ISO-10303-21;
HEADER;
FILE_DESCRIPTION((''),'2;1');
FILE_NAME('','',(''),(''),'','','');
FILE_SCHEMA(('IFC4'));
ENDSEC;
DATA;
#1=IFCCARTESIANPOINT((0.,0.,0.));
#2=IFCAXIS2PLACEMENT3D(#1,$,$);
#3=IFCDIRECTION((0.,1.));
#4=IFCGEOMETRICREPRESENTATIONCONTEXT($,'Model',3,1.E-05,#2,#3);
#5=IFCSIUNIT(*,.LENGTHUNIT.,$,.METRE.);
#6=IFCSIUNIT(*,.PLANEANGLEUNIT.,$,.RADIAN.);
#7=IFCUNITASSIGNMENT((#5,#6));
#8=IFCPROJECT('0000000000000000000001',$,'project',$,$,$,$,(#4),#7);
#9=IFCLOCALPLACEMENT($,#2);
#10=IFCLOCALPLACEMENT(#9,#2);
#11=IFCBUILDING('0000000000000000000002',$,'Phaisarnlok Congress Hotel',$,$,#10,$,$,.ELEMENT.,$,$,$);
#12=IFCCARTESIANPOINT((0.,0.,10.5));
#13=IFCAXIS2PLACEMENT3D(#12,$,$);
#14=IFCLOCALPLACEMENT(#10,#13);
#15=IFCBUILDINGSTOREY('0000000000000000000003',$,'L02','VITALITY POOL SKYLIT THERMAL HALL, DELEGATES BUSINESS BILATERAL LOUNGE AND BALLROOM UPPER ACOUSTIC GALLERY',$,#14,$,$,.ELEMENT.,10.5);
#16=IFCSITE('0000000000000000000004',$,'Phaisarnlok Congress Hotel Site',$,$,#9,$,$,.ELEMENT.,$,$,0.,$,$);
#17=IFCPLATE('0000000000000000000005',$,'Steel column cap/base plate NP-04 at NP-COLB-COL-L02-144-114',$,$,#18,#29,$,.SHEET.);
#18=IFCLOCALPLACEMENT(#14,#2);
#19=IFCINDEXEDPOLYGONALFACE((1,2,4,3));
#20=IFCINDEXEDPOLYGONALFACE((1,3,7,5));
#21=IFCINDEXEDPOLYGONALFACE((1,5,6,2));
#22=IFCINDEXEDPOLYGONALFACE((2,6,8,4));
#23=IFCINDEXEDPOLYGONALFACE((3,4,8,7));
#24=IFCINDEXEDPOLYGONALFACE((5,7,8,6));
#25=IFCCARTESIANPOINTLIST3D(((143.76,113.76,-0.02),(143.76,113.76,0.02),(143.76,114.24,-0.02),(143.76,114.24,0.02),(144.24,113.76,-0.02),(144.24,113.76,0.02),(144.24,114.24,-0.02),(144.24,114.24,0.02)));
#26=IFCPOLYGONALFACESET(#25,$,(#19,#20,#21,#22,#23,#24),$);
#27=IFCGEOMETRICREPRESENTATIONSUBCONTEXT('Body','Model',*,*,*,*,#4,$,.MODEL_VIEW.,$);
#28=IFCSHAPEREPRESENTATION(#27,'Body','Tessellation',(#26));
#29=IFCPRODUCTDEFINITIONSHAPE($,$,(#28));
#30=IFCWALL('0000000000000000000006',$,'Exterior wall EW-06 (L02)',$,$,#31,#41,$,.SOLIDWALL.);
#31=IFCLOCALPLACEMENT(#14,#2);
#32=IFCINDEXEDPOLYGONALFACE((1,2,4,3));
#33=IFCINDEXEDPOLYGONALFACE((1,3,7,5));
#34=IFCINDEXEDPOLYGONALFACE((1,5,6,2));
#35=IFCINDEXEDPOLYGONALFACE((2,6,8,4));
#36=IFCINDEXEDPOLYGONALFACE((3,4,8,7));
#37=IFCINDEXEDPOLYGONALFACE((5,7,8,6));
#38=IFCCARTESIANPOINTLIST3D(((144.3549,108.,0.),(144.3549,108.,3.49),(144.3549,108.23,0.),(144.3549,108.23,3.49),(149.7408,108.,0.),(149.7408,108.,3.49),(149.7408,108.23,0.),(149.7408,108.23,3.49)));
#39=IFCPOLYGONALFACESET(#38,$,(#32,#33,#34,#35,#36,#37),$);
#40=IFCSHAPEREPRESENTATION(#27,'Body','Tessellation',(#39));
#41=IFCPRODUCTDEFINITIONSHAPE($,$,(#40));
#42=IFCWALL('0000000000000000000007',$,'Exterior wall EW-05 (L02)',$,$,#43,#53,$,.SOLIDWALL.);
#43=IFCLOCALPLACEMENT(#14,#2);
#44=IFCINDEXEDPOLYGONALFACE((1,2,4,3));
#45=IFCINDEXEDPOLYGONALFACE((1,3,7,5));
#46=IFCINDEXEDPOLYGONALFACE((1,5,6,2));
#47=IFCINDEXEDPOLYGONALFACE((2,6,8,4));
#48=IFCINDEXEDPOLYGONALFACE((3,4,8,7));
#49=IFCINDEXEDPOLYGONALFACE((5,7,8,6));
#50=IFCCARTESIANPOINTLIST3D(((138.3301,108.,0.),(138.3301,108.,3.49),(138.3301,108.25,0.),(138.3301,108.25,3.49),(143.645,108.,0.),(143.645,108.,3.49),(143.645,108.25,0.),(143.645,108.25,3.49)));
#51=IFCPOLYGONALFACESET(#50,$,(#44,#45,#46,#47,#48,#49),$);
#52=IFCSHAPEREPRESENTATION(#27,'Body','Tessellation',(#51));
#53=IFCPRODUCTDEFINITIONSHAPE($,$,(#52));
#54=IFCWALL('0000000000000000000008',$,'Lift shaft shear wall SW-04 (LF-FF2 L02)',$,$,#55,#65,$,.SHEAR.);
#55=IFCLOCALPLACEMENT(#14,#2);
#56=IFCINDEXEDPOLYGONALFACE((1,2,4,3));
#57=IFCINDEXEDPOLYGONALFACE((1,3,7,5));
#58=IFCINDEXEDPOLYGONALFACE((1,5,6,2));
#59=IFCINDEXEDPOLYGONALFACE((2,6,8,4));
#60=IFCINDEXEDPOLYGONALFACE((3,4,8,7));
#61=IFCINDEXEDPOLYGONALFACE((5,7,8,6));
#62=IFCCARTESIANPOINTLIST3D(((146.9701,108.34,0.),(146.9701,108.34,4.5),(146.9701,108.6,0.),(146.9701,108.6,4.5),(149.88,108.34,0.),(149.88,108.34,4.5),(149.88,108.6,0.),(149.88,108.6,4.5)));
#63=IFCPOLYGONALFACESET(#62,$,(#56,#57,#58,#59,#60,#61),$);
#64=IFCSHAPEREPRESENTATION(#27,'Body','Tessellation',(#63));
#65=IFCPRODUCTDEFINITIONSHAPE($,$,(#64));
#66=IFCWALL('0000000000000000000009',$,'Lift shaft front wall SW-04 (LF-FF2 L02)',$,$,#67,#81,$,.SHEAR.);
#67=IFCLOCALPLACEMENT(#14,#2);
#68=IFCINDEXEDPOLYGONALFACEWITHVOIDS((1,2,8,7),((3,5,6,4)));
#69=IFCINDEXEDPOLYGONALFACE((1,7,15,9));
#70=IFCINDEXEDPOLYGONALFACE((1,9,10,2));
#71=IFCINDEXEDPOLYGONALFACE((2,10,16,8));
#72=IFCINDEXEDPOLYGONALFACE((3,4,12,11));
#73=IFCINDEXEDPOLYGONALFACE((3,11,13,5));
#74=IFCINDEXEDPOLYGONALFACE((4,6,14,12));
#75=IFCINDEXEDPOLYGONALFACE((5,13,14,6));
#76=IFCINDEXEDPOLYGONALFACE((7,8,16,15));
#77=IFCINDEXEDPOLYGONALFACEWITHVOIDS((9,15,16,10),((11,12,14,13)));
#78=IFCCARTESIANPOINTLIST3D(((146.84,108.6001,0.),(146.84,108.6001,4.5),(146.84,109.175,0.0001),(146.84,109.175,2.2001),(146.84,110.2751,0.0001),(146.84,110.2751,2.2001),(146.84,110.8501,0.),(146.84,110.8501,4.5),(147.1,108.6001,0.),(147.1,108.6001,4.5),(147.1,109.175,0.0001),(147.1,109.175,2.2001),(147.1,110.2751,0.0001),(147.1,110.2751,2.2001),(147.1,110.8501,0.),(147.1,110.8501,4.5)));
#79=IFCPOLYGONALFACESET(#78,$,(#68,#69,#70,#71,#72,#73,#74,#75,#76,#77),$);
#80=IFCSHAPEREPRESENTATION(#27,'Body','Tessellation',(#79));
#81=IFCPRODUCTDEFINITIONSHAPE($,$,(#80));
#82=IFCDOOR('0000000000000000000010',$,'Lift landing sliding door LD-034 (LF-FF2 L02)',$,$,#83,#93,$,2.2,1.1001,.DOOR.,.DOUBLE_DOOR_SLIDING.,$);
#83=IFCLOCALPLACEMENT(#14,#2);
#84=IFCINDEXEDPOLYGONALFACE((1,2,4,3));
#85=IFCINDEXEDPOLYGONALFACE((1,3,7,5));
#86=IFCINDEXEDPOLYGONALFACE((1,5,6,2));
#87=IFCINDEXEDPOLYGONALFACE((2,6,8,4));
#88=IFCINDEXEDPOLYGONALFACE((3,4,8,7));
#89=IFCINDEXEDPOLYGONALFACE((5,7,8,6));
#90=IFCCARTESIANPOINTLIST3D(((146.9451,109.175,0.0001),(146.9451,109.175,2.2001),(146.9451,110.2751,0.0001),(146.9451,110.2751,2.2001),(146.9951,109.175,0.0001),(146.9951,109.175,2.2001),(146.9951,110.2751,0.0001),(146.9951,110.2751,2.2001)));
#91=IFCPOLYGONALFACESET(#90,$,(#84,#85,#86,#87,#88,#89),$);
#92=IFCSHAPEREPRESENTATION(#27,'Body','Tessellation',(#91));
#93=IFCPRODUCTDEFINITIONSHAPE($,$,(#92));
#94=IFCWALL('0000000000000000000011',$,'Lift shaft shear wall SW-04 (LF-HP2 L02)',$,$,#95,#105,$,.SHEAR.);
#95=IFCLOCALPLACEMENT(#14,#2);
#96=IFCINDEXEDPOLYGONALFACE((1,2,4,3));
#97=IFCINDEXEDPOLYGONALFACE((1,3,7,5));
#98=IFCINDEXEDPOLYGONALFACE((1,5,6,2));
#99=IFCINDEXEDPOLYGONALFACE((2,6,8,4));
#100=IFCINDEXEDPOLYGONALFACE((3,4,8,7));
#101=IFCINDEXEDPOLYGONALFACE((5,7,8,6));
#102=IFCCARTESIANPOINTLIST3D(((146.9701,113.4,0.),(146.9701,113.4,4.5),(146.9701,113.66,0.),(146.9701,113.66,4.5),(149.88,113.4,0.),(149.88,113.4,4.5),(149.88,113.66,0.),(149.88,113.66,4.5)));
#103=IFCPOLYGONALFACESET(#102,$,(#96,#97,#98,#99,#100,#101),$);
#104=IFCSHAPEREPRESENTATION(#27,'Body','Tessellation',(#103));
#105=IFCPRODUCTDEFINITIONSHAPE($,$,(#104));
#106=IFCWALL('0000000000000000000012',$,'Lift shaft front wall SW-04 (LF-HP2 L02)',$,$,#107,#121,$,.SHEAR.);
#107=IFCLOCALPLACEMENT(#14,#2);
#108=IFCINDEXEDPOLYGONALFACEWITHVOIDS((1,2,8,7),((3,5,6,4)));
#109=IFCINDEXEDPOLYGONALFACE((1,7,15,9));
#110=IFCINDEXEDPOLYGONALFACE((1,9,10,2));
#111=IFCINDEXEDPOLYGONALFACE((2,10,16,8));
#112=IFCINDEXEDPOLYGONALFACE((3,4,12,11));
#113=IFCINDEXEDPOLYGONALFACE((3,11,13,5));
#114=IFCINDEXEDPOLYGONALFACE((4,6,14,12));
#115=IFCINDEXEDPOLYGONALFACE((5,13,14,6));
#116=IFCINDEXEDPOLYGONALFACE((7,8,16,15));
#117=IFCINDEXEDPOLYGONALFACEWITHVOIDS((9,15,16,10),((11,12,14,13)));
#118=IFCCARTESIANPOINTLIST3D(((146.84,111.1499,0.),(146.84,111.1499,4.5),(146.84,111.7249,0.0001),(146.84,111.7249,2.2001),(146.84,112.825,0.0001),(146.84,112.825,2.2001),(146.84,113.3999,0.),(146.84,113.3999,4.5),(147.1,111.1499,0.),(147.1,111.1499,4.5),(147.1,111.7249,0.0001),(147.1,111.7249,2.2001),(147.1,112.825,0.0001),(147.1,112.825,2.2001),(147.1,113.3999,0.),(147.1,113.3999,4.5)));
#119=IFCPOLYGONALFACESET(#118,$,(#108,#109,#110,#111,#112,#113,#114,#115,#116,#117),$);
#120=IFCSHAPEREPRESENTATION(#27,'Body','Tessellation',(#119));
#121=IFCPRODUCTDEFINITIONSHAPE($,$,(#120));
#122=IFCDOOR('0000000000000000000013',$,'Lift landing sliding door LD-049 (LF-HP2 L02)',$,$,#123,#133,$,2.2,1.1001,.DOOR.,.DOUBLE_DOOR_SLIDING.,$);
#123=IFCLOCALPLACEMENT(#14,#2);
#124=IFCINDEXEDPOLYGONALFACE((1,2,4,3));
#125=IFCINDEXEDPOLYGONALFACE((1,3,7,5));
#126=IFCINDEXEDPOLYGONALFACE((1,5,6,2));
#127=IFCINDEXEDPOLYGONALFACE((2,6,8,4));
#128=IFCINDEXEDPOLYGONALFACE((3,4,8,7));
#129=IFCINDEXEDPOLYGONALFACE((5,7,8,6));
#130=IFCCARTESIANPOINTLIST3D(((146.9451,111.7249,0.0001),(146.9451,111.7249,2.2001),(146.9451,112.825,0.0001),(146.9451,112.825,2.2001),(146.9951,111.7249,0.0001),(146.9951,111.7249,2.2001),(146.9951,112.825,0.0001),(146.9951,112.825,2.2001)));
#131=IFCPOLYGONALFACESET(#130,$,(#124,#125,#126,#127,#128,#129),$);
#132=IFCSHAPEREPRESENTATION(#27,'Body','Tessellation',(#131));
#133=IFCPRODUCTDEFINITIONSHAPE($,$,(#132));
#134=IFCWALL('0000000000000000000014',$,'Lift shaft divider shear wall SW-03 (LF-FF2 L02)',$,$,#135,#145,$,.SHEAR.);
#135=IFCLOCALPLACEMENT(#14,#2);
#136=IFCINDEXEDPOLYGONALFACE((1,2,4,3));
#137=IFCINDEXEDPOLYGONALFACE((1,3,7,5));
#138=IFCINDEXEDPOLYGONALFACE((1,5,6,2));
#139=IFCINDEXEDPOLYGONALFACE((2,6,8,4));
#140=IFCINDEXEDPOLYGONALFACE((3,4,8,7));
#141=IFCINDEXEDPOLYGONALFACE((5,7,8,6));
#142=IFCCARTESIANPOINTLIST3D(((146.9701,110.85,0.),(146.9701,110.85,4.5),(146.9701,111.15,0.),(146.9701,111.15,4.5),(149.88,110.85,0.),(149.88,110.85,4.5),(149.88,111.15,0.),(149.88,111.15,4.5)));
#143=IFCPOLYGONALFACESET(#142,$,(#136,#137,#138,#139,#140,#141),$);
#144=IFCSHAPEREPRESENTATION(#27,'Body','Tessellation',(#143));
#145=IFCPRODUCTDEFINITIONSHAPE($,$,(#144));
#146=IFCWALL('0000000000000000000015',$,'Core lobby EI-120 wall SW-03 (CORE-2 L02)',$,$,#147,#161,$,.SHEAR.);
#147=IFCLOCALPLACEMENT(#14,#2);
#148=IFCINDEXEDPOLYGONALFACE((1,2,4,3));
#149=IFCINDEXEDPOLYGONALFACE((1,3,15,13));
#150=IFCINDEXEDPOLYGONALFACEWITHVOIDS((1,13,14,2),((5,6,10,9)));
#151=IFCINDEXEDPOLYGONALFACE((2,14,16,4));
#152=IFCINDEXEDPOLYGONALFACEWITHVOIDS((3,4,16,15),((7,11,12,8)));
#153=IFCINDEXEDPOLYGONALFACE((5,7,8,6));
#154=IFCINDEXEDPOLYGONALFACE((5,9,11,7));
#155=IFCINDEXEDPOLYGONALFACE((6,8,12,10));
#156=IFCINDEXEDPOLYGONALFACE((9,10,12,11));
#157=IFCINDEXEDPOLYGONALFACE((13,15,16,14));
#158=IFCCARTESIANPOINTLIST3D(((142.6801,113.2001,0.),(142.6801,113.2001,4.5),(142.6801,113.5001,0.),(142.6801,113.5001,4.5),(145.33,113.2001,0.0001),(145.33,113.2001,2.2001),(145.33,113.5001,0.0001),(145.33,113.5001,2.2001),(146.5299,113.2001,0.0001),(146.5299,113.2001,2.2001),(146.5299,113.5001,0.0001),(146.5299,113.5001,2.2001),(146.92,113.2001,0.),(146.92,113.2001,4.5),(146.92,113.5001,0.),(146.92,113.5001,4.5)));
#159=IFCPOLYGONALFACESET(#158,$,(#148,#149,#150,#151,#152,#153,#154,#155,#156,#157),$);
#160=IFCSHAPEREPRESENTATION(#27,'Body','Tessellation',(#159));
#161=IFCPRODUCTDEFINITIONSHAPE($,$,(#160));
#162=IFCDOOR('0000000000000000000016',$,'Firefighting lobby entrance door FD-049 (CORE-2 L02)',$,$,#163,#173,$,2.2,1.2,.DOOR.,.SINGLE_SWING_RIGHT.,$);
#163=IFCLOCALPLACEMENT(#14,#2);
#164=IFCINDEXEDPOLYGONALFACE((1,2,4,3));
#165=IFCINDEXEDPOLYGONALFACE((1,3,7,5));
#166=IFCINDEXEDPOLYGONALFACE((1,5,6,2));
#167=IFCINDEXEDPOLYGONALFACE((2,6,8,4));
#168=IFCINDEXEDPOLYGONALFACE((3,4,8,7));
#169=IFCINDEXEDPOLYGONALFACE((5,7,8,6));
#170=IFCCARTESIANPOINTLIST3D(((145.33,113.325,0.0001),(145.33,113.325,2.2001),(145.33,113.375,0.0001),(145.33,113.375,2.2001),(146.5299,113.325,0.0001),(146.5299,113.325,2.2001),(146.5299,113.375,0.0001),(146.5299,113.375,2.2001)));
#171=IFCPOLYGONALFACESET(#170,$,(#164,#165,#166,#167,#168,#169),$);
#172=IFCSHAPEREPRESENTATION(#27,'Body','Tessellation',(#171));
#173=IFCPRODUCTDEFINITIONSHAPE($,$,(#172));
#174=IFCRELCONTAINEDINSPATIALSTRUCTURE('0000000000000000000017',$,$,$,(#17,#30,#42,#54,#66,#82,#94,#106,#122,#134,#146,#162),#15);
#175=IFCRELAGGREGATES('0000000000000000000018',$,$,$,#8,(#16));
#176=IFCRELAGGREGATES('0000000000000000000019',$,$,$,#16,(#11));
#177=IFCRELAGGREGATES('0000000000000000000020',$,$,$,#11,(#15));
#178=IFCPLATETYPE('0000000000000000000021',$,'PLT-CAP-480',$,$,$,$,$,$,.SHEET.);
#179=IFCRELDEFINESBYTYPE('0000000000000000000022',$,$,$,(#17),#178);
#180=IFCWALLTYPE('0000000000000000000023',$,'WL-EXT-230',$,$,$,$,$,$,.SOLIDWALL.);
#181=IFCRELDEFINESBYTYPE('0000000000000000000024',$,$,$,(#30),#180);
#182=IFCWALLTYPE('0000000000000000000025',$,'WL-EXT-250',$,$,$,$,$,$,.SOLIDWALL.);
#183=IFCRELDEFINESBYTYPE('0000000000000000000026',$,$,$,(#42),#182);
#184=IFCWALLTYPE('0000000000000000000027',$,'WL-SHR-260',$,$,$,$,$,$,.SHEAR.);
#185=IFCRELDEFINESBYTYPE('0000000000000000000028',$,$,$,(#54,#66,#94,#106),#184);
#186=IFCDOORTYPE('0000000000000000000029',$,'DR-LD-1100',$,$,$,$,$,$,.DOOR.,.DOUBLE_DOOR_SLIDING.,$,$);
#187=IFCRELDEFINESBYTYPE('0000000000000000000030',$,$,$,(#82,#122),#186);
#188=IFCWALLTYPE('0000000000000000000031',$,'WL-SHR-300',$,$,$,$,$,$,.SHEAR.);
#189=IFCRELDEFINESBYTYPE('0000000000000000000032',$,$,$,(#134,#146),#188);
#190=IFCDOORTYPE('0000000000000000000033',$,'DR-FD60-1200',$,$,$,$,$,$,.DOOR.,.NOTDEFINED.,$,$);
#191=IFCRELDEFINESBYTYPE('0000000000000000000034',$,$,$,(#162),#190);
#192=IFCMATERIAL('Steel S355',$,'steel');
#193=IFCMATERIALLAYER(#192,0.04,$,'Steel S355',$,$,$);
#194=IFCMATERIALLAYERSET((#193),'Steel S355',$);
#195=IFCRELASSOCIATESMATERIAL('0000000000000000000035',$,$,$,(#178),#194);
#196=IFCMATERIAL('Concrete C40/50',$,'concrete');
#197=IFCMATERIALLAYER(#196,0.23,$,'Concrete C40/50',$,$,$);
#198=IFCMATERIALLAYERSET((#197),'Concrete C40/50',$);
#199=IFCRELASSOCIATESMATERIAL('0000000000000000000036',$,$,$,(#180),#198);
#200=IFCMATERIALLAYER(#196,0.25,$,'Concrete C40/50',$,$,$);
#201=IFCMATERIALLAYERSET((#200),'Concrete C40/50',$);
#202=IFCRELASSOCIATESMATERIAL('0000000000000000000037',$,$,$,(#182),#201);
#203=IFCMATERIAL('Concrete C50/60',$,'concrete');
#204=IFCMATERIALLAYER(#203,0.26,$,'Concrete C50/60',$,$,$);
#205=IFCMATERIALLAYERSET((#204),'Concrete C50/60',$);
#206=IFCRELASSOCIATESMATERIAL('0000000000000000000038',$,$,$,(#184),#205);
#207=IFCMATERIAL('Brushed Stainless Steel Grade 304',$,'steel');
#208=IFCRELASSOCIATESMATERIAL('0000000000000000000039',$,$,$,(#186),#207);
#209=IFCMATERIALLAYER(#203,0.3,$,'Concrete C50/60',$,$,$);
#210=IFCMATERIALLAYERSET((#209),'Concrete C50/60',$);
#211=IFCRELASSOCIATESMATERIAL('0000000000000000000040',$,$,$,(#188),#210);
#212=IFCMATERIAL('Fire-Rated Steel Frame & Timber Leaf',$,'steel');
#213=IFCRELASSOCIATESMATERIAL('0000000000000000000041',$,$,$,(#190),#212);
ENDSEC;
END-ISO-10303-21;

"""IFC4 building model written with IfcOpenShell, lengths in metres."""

from ifc_helpers import new_model, si_unit, direction, frame, frame_2d, origin, origin_2d, place, context, subcontext, project, spatial, rectangle, extrude, material, layer, layer_set, type_object, element, fill, save


model = new_model("IFC4")

# Units and contexts
model_context = context("Model", 3, precision=1e-05, world=origin(), true_north=direction((0.0, 1.0)))
body_context = subcontext(model_context, "Body", "Model", "MODEL_VIEW")
ifc_project = project(units=[si_unit("LENGTHUNIT", "METRE"), si_unit("PLANEANGLEUNIT", "RADIAN")], contexts=[model_context])

# Site, building, storey
site_placement = place(None, origin())
site = spatial("IfcSite", under=ifc_project, at=site_placement, Name="Phaisarnlok Congress Hotel Site", CompositionType="ELEMENT", RefElevation=0.0)
building_placement = place(site_placement, origin())
building = spatial("IfcBuilding", under=site, at=building_placement, Name="Phaisarnlok Congress Hotel", CompositionType="ELEMENT")
storey_placement = place(building_placement, frame((0.0, 0.0, 10.5)))
storey = spatial("IfcBuildingStorey", under=building, at=storey_placement, Name="L02", Description="VITALITY POOL SKYLIT THERMAL HALL, DELEGATES BUSINESS BILATERAL LOUNGE AND BALLROOM UPPER ACOUSTIC GALLERY", CompositionType="ELEMENT", Elevation=10.5)

# Shared definitions
ifc_material_1 = material(Name="Concrete C50/60", Category="concrete")
ifc_material_2 = material(Name="Steel S355", Category="steel")

# Shared definitions
ifc_material_3 = material(Name="Concrete C40/50", Category="concrete")

# Plate
ifc_layer_1 = layer(ifc_material_2, 0.04, Name="Steel S355")
ifc_layer_set_1 = layer_set([ifc_layer_1], Name="Steel S355")
plate_type = type_object("IfcPlateType", Name="PLT-CAP-480", PredefinedType="SHEET", material=ifc_layer_set_1)
plate_placement = place(storey_placement, frame((144.0, 114.0, -0.02), z_axis=(0.0, 0.0, 1.0), x_axis=(1.0, 0.0, 0.0)))
element("IfcPlate", 1, at=plate_placement, inside=storey, type_object=plate_type, Name="Steel column cap/base plate NP-04 at NP-COLB-COL-L02-144-114", PredefinedType="SHEET", context=body_context, shape_type="SweptSolid", body=[
    extrude(rectangle(XDim=0.48, YDim=0.48, at=origin_2d()), origin(), (0.0, 0.0, 1.0), 0.04),
])

# Walls
ifc_layer_2 = layer(ifc_material_3, 0.23, Name="Concrete C40/50")
ifc_layer_set_2 = layer_set([ifc_layer_2], Name="Concrete C40/50")
wall_type_1 = type_object("IfcWallType", Name="WL-EXT-230", PredefinedType="SOLIDWALL", material=ifc_layer_set_2)
wall_1_placement = place(storey_placement, frame((144.355, 108.115, 0.0), z_axis=(0.0, 0.0, 1.0), x_axis=(1.0, 0.0, 0.0)))
element("IfcWall", 2, at=wall_1_placement, inside=storey, type_object=wall_type_1, Name="Exterior wall EW-06 (L02)", PredefinedType="SOLIDWALL", context=body_context, shape_type="SweptSolid", body=[
    extrude(rectangle(XDim=5.386, YDim=0.23, at=frame_2d((2.6929, 0.0))), origin(), (0.0, 0.0, 1.0), 3.49),
])
ifc_layer_3 = layer(ifc_material_3, 0.25, Name="Concrete C40/50")
ifc_layer_set_3 = layer_set([ifc_layer_3], Name="Concrete C40/50")
wall_type_2 = type_object("IfcWallType", Name="WL-EXT-250", PredefinedType="SOLIDWALL", material=ifc_layer_set_3)
wall_2_placement = place(storey_placement, frame((138.3301, 108.125, 0.0), z_axis=(0.0, 0.0, 1.0), x_axis=(1.0, 0.0, 0.0)))
element("IfcWall", 3, at=wall_2_placement, inside=storey, type_object=wall_type_2, Name="Exterior wall EW-05 (L02)", PredefinedType="SOLIDWALL", context=body_context, shape_type="SweptSolid", body=[
    extrude(rectangle(XDim=5.3149, YDim=0.25, at=frame_2d((2.6575, 0.0))), origin(), (0.0, 0.0, 1.0), 3.49),
])

# Shared definitions
ifc_layer_4 = layer(ifc_material_1, 0.26, Name="Concrete C50/60")
ifc_layer_set_4 = layer_set([ifc_layer_4], Name="Concrete C50/60")
wall_type_3 = type_object("IfcWallType", Name="WL-SHR-260", PredefinedType="SHEAR", material=ifc_layer_set_4)
ifc_material_4 = material(Name="Fire-Rated Steel Frame & Timber Leaf", Category="steel")

# Wall
wall_3_placement = place(storey_placement, frame((146.97, 108.47, 0.0), z_axis=(0.0, 0.0, 1.0), x_axis=(1.0, 0.0, 0.0)))
element("IfcWall", 4, at=wall_3_placement, inside=storey, type_object=wall_type_3, Name="Lift shaft shear wall SW-04 (LF-FF2 L02)", PredefinedType="SHEAR", context=body_context, shape_type="SweptSolid", body=[
    extrude(rectangle(XDim=2.9099, YDim=0.26, at=frame_2d((1.4551, 0.0))), origin(), (0.0, 0.0, 1.0), 4.5),
])

# Wall, opening, door
wall_4_placement = place(storey_placement, frame((146.97, 108.6001, 0.0), z_axis=(0.0, 0.0, 1.0), x_axis=(0.0, 1.0, 0.0)))
wall_4 = element("IfcWall", 5, at=wall_4_placement, inside=storey, type_object=wall_type_3, Name="Lift shaft front wall SW-04 (LF-FF2 L02)", PredefinedType="SHEAR", context=body_context, shape_type="SweptSolid", body=[
    extrude(rectangle(XDim=2.25, YDim=0.26, at=frame_2d((1.125, 0.0))), origin(), (0.0, 0.0, 1.0), 4.5),
])
opening_1_placement = place(wall_4_placement, frame((0.575, 0.0, 0.0)))
opening_1 = element("IfcOpeningElement", 6, at=opening_1_placement, cuts=wall_4, PredefinedType="OPENING", context=body_context, shape_type="SweptSolid", body=[
    extrude(rectangle(XDim=1.1001, YDim=2.2, at=frame_2d((0.55, 1.1001))), frame((0.0, 0.1401, 0.0), z_axis=(0.0, -1.0, 0.0), x_axis=(1.0, 0.0, 0.0)), (0.0, 0.0, 1.0), 0.28),
])
ifc_material_5 = material(Name="Brushed Stainless Steel Grade 304", Category="steel")
door_type_1 = type_object("IfcDoorType", Name="DR-LD-1100", OperationType="DOUBLE_DOOR_SLIDING", PredefinedType="DOOR", material=ifc_material_5)
door_1_placement = place(opening_1_placement, origin())
door_1 = element("IfcDoor", 7, at=door_1_placement, inside=storey, type_object=door_type_1, Name="Lift landing sliding door LD-034 (LF-FF2 L02)", OperationType="DOUBLE_DOOR_SLIDING", OverallHeight=2.2, OverallWidth=1.1001, PredefinedType="DOOR", context=body_context, shape_type="SweptSolid", body=[
    extrude(rectangle(XDim=1.1001, YDim=2.2, at=frame_2d((0.55, 1.1001))), frame((0.0, 0.0249, 0.0), z_axis=(0.0, -1.0, 0.0), x_axis=(1.0, 0.0, 0.0)), (0.0, 0.0, 1.0), 0.05),
])
fill(opening_1, door_1)

# Wall
wall_5_placement = place(storey_placement, frame((146.97, 113.53, 0.0), z_axis=(0.0, 0.0, 1.0), x_axis=(1.0, 0.0, 0.0)))
element("IfcWall", 8, at=wall_5_placement, inside=storey, type_object=wall_type_3, Name="Lift shaft shear wall SW-04 (LF-HP2 L02)", PredefinedType="SHEAR", context=body_context, shape_type="SweptSolid", body=[
    extrude(rectangle(XDim=2.9099, YDim=0.26, at=frame_2d((1.4551, 0.0))), origin(), (0.0, 0.0, 1.0), 4.5),
])

# Wall, opening, door
wall_6_placement = place(storey_placement, frame((146.97, 111.1499, 0.0), z_axis=(0.0, 0.0, 1.0), x_axis=(0.0, 1.0, 0.0)))
wall_6 = element("IfcWall", 9, at=wall_6_placement, inside=storey, type_object=wall_type_3, Name="Lift shaft front wall SW-04 (LF-HP2 L02)", PredefinedType="SHEAR", context=body_context, shape_type="SweptSolid", body=[
    extrude(rectangle(XDim=2.25, YDim=0.26, at=frame_2d((1.125, 0.0))), origin(), (0.0, 0.0, 1.0), 4.5),
])
opening_2_placement = place(wall_6_placement, frame((0.575, 0.0, 0.0)))
opening_2 = element("IfcOpeningElement", 10, at=opening_2_placement, cuts=wall_6, PredefinedType="OPENING", context=body_context, shape_type="SweptSolid", body=[
    extrude(rectangle(XDim=1.1001, YDim=2.2, at=frame_2d((0.55, 1.1001))), frame((0.0, 0.1401, 0.0), z_axis=(0.0, -1.0, 0.0), x_axis=(1.0, 0.0, 0.0)), (0.0, 0.0, 1.0), 0.28),
])
door_2_placement = place(opening_2_placement, origin())
door_2 = element("IfcDoor", 11, at=door_2_placement, inside=storey, type_object=door_type_1, Name="Lift landing sliding door LD-049 (LF-HP2 L02)", OperationType="DOUBLE_DOOR_SLIDING", OverallHeight=2.2, OverallWidth=1.1001, PredefinedType="DOOR", context=body_context, shape_type="SweptSolid", body=[
    extrude(rectangle(XDim=1.1001, YDim=2.2, at=frame_2d((0.55, 1.1001))), frame((0.0, 0.0249, 0.0), z_axis=(0.0, -1.0, 0.0), x_axis=(1.0, 0.0, 0.0)), (0.0, 0.0, 1.0), 0.05),
])
fill(opening_2, door_2)

# Wall
ifc_layer_5 = layer(ifc_material_1, 0.3, Name="Concrete C50/60")
ifc_layer_set_5 = layer_set([ifc_layer_5], Name="Concrete C50/60")
wall_type_4 = type_object("IfcWallType", Name="WL-SHR-300", PredefinedType="SHEAR", material=ifc_layer_set_5)
wall_7_placement = place(storey_placement, frame((146.97, 111.0, 0.0), z_axis=(0.0, 0.0, 1.0), x_axis=(1.0, 0.0, 0.0)))
element("IfcWall", 12, at=wall_7_placement, inside=storey, type_object=wall_type_4, Name="Lift shaft divider shear wall SW-03 (LF-FF2 L02)", PredefinedType="SHEAR", context=body_context, shape_type="SweptSolid", body=[
    extrude(rectangle(XDim=2.9099, YDim=0.3, at=frame_2d((1.4551, 0.0))), origin(), (0.0, 0.0, 1.0), 4.5),
])

# Wall, opening, door
wall_8_placement = place(storey_placement, frame((142.6799, 113.3501, 0.0), z_axis=(0.0, 0.0, 1.0), x_axis=(1.0, 0.0, 0.0)))
wall_8 = element("IfcWall", 13, at=wall_8_placement, inside=storey, type_object=wall_type_4, Name="Core lobby EI-120 wall SW-03 (CORE-2 L02)", PredefinedType="SHEAR", context=body_context, shape_type="SweptSolid", body=[
    extrude(rectangle(XDim=4.24, YDim=0.3, at=frame_2d((2.1201, 0.0))), origin(), (0.0, 0.0, 1.0), 4.5),
])
opening_3_placement = place(wall_8_placement, frame((2.6499, 0.0, 0.0)))
opening_3 = element("IfcOpeningElement", 14, at=opening_3_placement, cuts=wall_8, PredefinedType="OPENING", context=body_context, shape_type="SweptSolid", body=[
    extrude(rectangle(XDim=1.2, YDim=2.2, at=frame_2d((0.6001, 1.1001))), frame((0.0, 0.1602, 0.0), z_axis=(0.0, -1.0, 0.0), x_axis=(1.0, 0.0, 0.0)), (0.0, 0.0, 1.0), 0.3201),
])
door_type_2 = type_object("IfcDoorType", Name="DR-FD60-1200", OperationType="NOTDEFINED", PredefinedType="DOOR", material=ifc_material_4)
door_3_placement = place(opening_3_placement, origin())
door_3 = element("IfcDoor", 15, at=door_3_placement, inside=storey, type_object=door_type_2, Name="Firefighting lobby entrance door FD-049 (CORE-2 L02)", OperationType="SINGLE_SWING_RIGHT", OverallHeight=2.2, OverallWidth=1.2, PredefinedType="DOOR", context=body_context, shape_type="SweptSolid", body=[
    extrude(rectangle(XDim=1.2, YDim=2.2, at=frame_2d((0.6001, 1.1001))), frame((0.0, 0.0249, 0.0), z_axis=(0.0, -1.0, 0.0), x_axis=(1.0, 0.0, 0.0)), (0.0, 0.0, 1.0), 0.05),
])
fill(opening_3, door_3)

save(model, "model.ifc")
